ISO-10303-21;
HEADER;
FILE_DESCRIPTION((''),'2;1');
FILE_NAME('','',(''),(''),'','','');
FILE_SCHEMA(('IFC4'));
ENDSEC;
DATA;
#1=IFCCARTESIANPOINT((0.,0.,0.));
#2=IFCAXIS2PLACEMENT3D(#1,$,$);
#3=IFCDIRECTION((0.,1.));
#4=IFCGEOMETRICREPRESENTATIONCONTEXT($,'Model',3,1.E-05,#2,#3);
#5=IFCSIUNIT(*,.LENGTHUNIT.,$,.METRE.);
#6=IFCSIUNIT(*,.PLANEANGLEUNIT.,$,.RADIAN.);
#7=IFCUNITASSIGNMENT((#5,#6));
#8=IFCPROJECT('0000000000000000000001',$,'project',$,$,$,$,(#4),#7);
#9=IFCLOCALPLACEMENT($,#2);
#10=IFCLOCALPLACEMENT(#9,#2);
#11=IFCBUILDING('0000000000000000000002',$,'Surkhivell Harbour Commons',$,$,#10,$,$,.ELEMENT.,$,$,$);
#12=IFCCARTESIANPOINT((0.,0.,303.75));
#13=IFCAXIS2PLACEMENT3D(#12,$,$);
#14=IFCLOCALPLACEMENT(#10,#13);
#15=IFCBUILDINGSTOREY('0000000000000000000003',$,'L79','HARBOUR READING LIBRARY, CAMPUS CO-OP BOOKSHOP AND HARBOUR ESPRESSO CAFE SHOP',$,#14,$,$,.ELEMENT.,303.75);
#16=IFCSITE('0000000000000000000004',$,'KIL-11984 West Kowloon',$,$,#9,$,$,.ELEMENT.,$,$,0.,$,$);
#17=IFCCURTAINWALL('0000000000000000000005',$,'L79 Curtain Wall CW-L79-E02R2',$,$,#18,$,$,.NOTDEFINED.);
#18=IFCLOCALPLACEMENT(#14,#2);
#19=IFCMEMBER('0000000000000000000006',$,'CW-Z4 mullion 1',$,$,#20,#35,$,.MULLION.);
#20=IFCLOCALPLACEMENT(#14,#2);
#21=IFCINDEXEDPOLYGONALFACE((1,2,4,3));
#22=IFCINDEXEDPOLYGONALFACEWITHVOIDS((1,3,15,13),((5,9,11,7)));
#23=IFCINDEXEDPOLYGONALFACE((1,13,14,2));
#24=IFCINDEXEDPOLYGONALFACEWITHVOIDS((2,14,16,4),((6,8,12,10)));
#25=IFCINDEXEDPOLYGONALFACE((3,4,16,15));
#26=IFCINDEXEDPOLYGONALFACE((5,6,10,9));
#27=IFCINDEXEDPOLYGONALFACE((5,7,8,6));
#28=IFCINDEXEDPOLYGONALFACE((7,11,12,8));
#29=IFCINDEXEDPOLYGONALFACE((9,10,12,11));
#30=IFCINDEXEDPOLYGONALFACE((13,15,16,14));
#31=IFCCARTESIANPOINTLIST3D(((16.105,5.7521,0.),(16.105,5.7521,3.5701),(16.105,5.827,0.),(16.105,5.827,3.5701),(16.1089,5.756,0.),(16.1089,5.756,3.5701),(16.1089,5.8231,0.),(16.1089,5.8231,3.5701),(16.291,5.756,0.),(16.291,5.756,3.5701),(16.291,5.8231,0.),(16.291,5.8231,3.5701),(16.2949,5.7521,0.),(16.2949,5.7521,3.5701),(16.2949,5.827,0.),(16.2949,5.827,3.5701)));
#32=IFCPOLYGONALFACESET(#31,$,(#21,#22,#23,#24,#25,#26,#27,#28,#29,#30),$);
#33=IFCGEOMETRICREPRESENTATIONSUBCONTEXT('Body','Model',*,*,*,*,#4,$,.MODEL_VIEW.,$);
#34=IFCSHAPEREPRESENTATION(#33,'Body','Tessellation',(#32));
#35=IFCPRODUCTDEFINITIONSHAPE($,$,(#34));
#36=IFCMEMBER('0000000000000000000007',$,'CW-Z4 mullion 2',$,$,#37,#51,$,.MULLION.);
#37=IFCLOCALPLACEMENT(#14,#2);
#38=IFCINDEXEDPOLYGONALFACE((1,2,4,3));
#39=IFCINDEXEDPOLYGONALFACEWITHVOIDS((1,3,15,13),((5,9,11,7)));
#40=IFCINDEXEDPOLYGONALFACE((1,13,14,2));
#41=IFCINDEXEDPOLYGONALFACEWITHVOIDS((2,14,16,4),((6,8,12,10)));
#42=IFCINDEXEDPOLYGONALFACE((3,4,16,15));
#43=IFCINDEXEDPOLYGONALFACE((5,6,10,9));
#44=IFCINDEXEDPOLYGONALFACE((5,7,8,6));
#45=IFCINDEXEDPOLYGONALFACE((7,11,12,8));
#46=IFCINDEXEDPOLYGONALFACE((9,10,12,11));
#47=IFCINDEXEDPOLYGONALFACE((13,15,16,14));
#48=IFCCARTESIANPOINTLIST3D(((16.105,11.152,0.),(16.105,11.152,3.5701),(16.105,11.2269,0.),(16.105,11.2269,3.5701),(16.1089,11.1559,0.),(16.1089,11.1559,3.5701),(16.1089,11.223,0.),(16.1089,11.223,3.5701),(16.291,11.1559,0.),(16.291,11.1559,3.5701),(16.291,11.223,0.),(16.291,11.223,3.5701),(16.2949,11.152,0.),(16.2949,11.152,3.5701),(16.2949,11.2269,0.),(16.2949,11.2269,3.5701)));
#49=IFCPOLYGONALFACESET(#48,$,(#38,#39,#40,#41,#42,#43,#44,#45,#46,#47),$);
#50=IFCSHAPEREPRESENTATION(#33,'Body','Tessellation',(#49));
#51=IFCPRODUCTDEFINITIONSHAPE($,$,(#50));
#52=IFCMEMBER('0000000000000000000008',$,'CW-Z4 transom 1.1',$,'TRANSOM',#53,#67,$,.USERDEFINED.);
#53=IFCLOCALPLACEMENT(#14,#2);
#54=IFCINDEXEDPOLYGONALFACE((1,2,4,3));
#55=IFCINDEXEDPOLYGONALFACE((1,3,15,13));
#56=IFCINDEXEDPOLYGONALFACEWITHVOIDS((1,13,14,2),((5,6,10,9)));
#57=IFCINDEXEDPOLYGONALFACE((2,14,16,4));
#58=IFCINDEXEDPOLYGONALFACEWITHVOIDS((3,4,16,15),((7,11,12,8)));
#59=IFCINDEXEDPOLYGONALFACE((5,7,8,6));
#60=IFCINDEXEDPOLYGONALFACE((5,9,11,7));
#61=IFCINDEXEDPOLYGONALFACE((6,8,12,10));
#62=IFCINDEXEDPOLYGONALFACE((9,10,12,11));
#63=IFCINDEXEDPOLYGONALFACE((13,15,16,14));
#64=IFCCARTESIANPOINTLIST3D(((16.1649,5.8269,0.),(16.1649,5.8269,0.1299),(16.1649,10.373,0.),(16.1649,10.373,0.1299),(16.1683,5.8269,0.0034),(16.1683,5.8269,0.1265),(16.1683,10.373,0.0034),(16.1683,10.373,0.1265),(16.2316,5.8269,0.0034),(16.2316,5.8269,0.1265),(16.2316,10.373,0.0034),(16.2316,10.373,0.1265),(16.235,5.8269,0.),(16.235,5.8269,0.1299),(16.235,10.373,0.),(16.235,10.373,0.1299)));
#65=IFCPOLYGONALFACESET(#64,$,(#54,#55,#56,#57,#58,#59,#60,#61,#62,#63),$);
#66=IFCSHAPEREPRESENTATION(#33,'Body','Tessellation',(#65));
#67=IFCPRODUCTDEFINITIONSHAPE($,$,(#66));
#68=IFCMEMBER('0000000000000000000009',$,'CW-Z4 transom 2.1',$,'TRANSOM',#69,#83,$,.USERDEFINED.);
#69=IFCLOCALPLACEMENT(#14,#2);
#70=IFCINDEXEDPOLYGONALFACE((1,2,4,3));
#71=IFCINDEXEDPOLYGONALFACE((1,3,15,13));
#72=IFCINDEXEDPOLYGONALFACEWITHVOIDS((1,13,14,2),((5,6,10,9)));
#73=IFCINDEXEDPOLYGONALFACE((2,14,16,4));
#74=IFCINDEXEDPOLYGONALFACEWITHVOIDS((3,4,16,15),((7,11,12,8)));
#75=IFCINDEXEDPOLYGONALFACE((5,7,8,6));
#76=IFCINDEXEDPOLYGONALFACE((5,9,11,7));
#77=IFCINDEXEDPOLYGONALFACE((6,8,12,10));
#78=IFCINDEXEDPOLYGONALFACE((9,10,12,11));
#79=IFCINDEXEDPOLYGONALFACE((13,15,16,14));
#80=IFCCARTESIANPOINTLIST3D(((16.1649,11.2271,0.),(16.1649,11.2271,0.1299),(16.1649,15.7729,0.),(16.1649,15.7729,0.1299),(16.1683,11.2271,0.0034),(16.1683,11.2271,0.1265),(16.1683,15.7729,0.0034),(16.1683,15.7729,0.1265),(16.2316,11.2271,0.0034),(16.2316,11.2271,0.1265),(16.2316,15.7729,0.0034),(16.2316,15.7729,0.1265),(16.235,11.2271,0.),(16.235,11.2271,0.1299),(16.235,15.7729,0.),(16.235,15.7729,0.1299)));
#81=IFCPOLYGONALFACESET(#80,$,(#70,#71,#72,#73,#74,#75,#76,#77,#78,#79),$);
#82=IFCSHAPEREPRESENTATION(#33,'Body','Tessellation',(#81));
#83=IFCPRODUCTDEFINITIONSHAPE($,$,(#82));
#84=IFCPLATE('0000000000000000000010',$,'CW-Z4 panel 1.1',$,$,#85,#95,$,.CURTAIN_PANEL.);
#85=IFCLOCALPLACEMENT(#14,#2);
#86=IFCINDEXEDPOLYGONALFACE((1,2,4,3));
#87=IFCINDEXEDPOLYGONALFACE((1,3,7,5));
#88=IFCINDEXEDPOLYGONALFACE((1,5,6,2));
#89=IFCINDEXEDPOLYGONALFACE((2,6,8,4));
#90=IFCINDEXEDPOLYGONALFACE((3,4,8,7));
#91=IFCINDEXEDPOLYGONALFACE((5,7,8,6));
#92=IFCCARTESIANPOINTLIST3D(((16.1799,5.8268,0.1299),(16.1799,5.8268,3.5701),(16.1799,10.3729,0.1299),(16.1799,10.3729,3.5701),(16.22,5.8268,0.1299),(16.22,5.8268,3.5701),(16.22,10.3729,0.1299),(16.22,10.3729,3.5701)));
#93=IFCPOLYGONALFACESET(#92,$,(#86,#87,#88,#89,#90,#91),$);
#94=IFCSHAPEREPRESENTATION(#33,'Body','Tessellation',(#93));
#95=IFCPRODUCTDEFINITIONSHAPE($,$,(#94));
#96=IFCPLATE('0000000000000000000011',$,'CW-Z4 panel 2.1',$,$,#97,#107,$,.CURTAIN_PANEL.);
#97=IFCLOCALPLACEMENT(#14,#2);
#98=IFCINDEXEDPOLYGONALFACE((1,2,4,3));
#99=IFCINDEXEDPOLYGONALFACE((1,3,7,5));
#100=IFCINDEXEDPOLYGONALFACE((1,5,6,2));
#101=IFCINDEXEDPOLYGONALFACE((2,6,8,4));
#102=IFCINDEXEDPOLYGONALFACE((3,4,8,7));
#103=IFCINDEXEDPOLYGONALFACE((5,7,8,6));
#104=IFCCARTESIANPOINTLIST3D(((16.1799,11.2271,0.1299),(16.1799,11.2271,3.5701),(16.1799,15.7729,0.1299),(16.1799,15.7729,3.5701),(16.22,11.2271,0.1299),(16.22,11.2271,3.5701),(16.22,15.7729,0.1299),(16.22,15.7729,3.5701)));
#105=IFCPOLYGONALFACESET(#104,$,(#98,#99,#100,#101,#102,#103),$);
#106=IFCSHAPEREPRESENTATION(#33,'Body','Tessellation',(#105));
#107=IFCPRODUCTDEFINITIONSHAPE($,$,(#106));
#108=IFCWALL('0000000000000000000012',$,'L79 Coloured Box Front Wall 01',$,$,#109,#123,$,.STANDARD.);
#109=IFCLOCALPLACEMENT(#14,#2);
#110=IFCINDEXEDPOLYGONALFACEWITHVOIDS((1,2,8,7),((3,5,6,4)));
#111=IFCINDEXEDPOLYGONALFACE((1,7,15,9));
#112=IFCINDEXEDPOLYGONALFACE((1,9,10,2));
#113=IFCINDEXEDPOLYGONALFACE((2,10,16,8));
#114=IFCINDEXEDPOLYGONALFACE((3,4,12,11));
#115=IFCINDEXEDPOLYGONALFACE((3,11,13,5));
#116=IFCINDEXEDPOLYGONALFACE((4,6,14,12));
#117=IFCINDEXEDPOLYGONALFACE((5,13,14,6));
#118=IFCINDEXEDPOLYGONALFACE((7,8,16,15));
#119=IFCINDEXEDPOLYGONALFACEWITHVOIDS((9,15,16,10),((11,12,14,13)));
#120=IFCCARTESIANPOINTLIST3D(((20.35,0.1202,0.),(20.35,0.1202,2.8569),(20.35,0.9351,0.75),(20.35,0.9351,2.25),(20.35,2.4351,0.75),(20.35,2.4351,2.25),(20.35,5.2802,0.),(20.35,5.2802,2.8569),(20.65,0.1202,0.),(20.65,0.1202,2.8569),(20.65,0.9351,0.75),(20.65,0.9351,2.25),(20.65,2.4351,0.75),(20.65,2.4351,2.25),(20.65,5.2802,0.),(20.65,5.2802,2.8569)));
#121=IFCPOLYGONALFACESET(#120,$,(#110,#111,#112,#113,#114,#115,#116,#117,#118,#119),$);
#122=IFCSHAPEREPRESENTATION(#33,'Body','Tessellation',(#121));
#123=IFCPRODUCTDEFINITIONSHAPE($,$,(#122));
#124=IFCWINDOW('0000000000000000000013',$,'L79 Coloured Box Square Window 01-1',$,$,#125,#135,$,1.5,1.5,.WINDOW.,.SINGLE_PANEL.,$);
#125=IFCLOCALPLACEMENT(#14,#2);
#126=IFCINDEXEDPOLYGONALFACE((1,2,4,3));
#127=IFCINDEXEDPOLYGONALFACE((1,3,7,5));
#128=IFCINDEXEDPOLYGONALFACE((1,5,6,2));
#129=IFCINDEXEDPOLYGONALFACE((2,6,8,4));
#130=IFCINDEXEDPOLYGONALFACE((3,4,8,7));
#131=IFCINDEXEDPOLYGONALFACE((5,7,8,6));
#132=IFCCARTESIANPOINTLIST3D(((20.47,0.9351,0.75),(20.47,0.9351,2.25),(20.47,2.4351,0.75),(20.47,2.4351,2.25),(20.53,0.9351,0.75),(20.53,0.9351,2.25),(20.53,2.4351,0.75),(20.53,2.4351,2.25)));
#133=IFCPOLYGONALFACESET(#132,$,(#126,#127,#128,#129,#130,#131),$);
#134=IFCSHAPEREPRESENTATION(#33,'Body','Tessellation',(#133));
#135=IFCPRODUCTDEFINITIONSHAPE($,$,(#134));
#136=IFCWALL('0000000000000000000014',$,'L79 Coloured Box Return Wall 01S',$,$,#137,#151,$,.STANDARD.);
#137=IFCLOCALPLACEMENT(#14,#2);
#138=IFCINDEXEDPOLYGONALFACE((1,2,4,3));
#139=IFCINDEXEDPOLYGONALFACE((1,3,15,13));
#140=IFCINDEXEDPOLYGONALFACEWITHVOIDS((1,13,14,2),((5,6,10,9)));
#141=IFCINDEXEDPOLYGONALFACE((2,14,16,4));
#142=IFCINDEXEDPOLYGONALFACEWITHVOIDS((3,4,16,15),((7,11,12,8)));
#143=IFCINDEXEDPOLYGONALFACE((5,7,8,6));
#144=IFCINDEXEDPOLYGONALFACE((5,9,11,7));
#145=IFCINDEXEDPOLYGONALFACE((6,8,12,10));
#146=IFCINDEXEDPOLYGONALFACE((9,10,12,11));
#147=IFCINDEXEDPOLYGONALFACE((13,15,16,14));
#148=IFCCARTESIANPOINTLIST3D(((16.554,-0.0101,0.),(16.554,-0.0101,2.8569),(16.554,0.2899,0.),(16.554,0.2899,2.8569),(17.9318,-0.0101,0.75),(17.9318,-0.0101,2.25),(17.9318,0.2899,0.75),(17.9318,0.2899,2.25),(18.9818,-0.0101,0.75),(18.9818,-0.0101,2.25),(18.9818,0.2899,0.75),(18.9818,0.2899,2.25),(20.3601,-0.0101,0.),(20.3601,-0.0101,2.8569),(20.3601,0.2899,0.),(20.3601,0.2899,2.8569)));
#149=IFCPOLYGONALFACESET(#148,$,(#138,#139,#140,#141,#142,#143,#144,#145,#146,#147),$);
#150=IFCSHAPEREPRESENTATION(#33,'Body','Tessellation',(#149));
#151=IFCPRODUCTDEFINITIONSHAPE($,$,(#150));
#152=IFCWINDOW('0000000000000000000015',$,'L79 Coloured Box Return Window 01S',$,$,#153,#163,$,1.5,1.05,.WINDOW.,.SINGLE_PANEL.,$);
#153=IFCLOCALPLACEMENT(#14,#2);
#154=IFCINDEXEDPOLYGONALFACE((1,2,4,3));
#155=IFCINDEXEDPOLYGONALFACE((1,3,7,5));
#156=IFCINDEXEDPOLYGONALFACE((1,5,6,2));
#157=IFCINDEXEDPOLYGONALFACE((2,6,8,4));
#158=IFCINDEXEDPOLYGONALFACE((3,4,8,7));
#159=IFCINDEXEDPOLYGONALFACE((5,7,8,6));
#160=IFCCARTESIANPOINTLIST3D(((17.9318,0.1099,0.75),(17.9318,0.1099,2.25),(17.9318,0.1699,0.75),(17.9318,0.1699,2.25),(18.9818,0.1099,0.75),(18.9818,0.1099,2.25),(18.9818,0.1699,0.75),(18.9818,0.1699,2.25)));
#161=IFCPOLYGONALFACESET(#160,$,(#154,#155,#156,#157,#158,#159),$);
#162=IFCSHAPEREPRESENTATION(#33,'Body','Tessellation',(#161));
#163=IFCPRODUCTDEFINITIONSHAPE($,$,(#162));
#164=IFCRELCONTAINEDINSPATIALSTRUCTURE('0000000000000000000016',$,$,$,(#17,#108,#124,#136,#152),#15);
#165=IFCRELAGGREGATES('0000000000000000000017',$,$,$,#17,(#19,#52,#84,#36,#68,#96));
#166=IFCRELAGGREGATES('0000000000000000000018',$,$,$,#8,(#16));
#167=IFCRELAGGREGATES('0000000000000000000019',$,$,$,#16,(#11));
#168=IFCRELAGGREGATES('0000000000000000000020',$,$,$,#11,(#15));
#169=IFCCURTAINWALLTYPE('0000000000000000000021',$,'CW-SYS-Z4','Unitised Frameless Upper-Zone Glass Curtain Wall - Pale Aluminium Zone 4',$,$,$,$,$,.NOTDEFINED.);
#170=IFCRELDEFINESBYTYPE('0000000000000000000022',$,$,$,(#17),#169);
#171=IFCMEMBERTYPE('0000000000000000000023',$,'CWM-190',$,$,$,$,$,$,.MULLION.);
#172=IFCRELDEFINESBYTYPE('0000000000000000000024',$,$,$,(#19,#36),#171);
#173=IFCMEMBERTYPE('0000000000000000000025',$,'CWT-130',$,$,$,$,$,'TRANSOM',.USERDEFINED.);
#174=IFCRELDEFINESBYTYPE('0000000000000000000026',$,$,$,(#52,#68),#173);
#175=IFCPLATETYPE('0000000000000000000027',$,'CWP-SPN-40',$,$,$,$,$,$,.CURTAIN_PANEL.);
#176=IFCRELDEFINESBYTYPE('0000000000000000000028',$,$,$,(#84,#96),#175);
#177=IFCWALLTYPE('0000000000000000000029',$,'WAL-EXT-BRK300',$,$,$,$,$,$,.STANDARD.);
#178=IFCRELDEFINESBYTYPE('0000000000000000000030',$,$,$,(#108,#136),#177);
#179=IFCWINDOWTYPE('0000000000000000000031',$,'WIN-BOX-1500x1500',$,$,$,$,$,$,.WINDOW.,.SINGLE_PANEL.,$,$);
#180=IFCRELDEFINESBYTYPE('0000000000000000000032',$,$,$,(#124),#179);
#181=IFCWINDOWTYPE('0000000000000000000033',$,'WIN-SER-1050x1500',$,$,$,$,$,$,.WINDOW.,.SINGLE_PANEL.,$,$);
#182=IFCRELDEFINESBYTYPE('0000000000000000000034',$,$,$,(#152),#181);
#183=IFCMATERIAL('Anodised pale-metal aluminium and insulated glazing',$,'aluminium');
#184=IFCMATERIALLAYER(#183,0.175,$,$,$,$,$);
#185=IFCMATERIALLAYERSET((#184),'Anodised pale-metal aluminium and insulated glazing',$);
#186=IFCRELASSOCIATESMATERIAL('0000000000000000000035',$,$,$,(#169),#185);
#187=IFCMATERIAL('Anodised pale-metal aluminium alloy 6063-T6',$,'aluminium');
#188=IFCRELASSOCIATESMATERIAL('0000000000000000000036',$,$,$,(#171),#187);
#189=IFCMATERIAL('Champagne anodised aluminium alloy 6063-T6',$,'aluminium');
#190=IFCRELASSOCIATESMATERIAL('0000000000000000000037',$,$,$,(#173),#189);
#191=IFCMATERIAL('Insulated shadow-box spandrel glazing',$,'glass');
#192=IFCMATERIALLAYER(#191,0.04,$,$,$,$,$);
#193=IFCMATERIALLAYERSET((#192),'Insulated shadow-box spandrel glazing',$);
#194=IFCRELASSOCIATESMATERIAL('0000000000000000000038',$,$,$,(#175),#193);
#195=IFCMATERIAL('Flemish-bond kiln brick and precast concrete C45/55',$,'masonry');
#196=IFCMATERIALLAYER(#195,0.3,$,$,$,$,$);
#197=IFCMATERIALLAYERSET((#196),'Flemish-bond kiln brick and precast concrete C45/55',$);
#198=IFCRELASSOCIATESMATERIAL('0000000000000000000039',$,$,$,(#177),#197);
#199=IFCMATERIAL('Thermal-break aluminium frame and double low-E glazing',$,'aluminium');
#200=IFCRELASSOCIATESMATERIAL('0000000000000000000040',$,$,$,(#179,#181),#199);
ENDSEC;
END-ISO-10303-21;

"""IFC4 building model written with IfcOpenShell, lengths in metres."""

from ifc_helpers import new_model, si_unit, direction, frame, frame_2d, origin, origin_2d, place, context, subcontext, project, spatial, rectangle, hollow_rectangle, extrude, material, layer, layer_set, material_profile, profile_set, type_object, element, fill, aggregate, save


model = new_model("IFC4")

# Units and contexts
model_context = context("Model", 3, precision=1e-05, world=origin(), true_north=direction((0.0, 1.0)))
body_context = subcontext(model_context, "Body", "Model", "MODEL_VIEW")
ifc_project = project(units=[si_unit("LENGTHUNIT", "METRE"), si_unit("PLANEANGLEUNIT", "RADIAN")], contexts=[model_context])

# Site, building, storey
site_placement = place(None, origin())
site = spatial("IfcSite", under=ifc_project, at=site_placement, Name="KIL-11984 West Kowloon", CompositionType="ELEMENT", RefElevation=0.0)
building_placement = place(site_placement, origin())
building = spatial("IfcBuilding", under=site, at=building_placement, Name="Surkhivell Harbour Commons", CompositionType="ELEMENT")
storey_placement = place(building_placement, frame((0.0, 0.0, 303.75)))
storey = spatial("IfcBuildingStorey", under=building, at=storey_placement, Name="L79", Description="HARBOUR READING LIBRARY, CAMPUS CO-OP BOOKSHOP AND HARBOUR ESPRESSO CAFE SHOP", CompositionType="ELEMENT", Elevation=303.75)

# Curtain wall, members, plates
ifc_material_1 = material(Name="Anodised pale-metal aluminium and insulated glazing", Category="aluminium")
ifc_layer_1 = layer(ifc_material_1, 0.175)
ifc_layer_set_1 = layer_set([ifc_layer_1], Name="Anodised pale-metal aluminium and insulated glazing")
curtain_wall_type = type_object("IfcCurtainWallType", Name="CW-SYS-Z4", Description="Unitised Frameless Upper-Zone Glass Curtain Wall - Pale Aluminium Zone 4", PredefinedType="NOTDEFINED", material=ifc_layer_set_1)
curtain_wall_placement = place(storey_placement, origin())
curtain_wall = element("IfcCurtainWall", 1, at=curtain_wall_placement, inside=storey, type_object=curtain_wall_type, Name="L79 Curtain Wall CW-L79-E02R2", PredefinedType="NOTDEFINED")
ifc_material_2 = material(Name="Anodised pale-metal aluminium alloy 6063-T6", Category="aluminium")
ifc_material_profile_1 = material_profile(ifc_material_2, hollow_rectangle(XDim=0.075, YDim=0.1899, WallThickness=0.0039, at=origin_2d()), Name="ALU-MULL-75x190")
ifc_profile_set_1 = profile_set([ifc_material_profile_1], Name="Anodised pale-metal aluminium alloy 6063-T6")
member_type_1 = type_object("IfcMemberType", Name="CWM-190", PredefinedType="MULLION", material=ifc_profile_set_1)
member_1_placement = place(storey_placement, frame((16.2, 5.7896, 0.0), z_axis=(0.0, 0.0, 1.0), x_axis=(0.0, 1.0, 0.0)))
member_1 = element("IfcMember", 2, at=member_1_placement, type_object=member_type_1, Name="CW-Z4 mullion 1", PredefinedType="MULLION", context=body_context, shape_type="SweptSolid", body=[
    extrude(hollow_rectangle(XDim=0.075, YDim=0.1899, WallThickness=0.0039, at=origin_2d()), origin(), (0.0, 0.0, 1.0), 3.5701),
])
member_2_placement = place(storey_placement, frame((16.2, 11.1895, 0.0), z_axis=(0.0, 0.0, 1.0), x_axis=(0.0, 1.0, 0.0)))
member_2 = element("IfcMember", 3, at=member_2_placement, type_object=member_type_1, Name="CW-Z4 mullion 2", PredefinedType="MULLION", context=body_context, shape_type="SweptSolid", body=[
    extrude(hollow_rectangle(XDim=0.075, YDim=0.1899, WallThickness=0.0039, at=origin_2d()), origin(), (0.0, 0.0, 1.0), 3.5701),
])
ifc_material_3 = material(Name="Champagne anodised aluminium alloy 6063-T6", Category="aluminium")
ifc_material_profile_2 = material_profile(ifc_material_3, hollow_rectangle(XDim=0.0701, YDim=0.1299, WallThickness=0.0034, at=origin_2d()), Name="ALU-TRAN-70x130")
ifc_profile_set_2 = profile_set([ifc_material_profile_2], Name="Champagne anodised aluminium alloy 6063-T6")
member_type_2 = type_object("IfcMemberType", Name="CWT-130", ElementType="TRANSOM", PredefinedType="USERDEFINED", material=ifc_profile_set_2)
member_3_placement = place(storey_placement, frame((16.2, 5.8269, 0.0649), z_axis=(0.0, 1.0, 0.0), x_axis=(-1.0, 0.0, 0.0)))
member_3 = element("IfcMember", 4, at=member_3_placement, type_object=member_type_2, Name="CW-Z4 transom 1.1", ObjectType="TRANSOM", PredefinedType="USERDEFINED", context=body_context, shape_type="SweptSolid", body=[
    extrude(hollow_rectangle(XDim=0.0701, YDim=0.1299, WallThickness=0.0034, at=origin_2d()), origin(), (0.0, 0.0, 1.0), 4.5461),
])
member_4_placement = place(storey_placement, frame((16.2, 11.2271, 0.0649), z_axis=(0.0, 1.0, 0.0), x_axis=(-1.0, 0.0, 0.0)))
member_4 = element("IfcMember", 5, at=member_4_placement, type_object=member_type_2, Name="CW-Z4 transom 2.1", ObjectType="TRANSOM", PredefinedType="USERDEFINED", context=body_context, shape_type="SweptSolid", body=[
    extrude(hollow_rectangle(XDim=0.0701, YDim=0.1299, WallThickness=0.0034, at=origin_2d()), origin(), (0.0, 0.0, 1.0), 4.5459),
])
ifc_material_4 = material(Name="Insulated shadow-box spandrel glazing", Category="glass")
ifc_layer_2 = layer(ifc_material_4, 0.04)
ifc_layer_set_2 = layer_set([ifc_layer_2], Name="Insulated shadow-box spandrel glazing")
plate_type = type_object("IfcPlateType", Name="CWP-SPN-40", PredefinedType="CURTAIN_PANEL", material=ifc_layer_set_2)
plate_1_placement = place(storey_placement, frame((16.2, 5.8269, 0.1299), z_axis=(0.0, 0.0, 1.0), x_axis=(0.0, 1.0, 0.0)))
plate_1 = element("IfcPlate", 6, at=plate_1_placement, type_object=plate_type, Name="CW-Z4 panel 1.1", PredefinedType="CURTAIN_PANEL", context=body_context, shape_type="SweptSolid", body=[
    extrude(rectangle(XDim=4.5461, YDim=0.04, at=frame_2d((2.2729, 0.0))), origin(), (0.0, 0.0, 1.0), 3.4402),
])
plate_2_placement = place(storey_placement, frame((16.2, 11.2271, 0.1299), z_axis=(0.0, 0.0, 1.0), x_axis=(0.0, 1.0, 0.0)))
plate_2 = element("IfcPlate", 7, at=plate_2_placement, type_object=plate_type, Name="CW-Z4 panel 2.1", PredefinedType="CURTAIN_PANEL", context=body_context, shape_type="SweptSolid", body=[
    extrude(rectangle(XDim=4.5459, YDim=0.04, at=frame_2d((2.2729, 0.0))), origin(), (0.0, 0.0, 1.0), 3.4402),
])
aggregate(curtain_wall, [member_1, member_3, plate_1, member_2, member_4, plate_2])

# Walls, openings, windows
ifc_material_5 = material(Name="Flemish-bond kiln brick and precast concrete C45/55", Category="masonry")
ifc_layer_3 = layer(ifc_material_5, 0.3)
ifc_layer_set_3 = layer_set([ifc_layer_3], Name="Flemish-bond kiln brick and precast concrete C45/55")
wall_type_1 = type_object("IfcWallType", Name="WAL-EXT-BRK300", PredefinedType="STANDARD", material=ifc_layer_set_3)
wall_1_placement = place(storey_placement, frame((20.5, 0.1201, 0.0), z_axis=(0.0, 0.0, 1.0), x_axis=(0.0, 1.0, 0.0)))
wall_1 = element("IfcWall", 8, at=wall_1_placement, inside=storey, type_object=wall_type_1, Name="L79 Coloured Box Front Wall 01", PredefinedType="STANDARD", context=body_context, shape_type="SweptSolid", body=[
    extrude(rectangle(XDim=5.1599, YDim=0.3, at=frame_2d((2.5801, 0.0))), origin(), (0.0, 0.0, 1.0), 2.8569),
])
opening_1_placement = place(wall_1_placement, frame((0.8149, 0.0, 0.75)))
opening_1 = element("IfcOpeningElement", 9, at=opening_1_placement, cuts=wall_1, PredefinedType="OPENING", context=body_context, shape_type="SweptSolid", body=[
    extrude(rectangle(XDim=1.5, YDim=1.5, at=frame_2d((0.75, 0.75))), frame((0.0, 0.1599, 0.0), z_axis=(0.0, -1.0, 0.0), x_axis=(1.0, 0.0, 0.0)), (0.0, 0.0, 1.0), 0.3201),
])
ifc_material_6 = material(Name="Thermal-break aluminium frame and double low-E glazing", Category="aluminium")
window_type_1 = type_object("IfcWindowType", Name="WIN-BOX-1500x1500", PartitioningType="SINGLE_PANEL", PredefinedType="WINDOW", material=ifc_material_6)
window_1_placement = place(opening_1_placement, origin())
window_1 = element("IfcWindow", 10, at=window_1_placement, inside=storey, type_object=window_type_1, Name="L79 Coloured Box Square Window 01-1", OverallHeight=1.5, OverallWidth=1.5, PartitioningType="SINGLE_PANEL", PredefinedType="WINDOW", context=body_context, shape_type="SweptSolid", body=[
    extrude(rectangle(XDim=1.5, YDim=1.5, at=frame_2d((0.75, 0.75))), frame((0.0, 0.03, 0.0), z_axis=(0.0, -1.0, 0.0), x_axis=(1.0, 0.0, 0.0)), (0.0, 0.0, 1.0), 0.0601),
])
fill(opening_1, window_1)
wall_2_placement = place(storey_placement, frame((16.554, 0.1399, 0.0), z_axis=(0.0, 0.0, 1.0), x_axis=(1.0, 0.0, 0.0)))
wall_2 = element("IfcWall", 11, at=wall_2_placement, inside=storey, type_object=wall_type_1, Name="L79 Coloured Box Return Wall 01S", PredefinedType="STANDARD", context=body_context, shape_type="SweptSolid", body=[
    extrude(rectangle(XDim=3.8062, YDim=0.3, at=frame_2d((1.9031, 0.0))), origin(), (0.0, 0.0, 1.0), 2.8569),
])
opening_2_placement = place(wall_2_placement, frame((1.3779, 0.0, 0.75)))
opening_2 = element("IfcOpeningElement", 12, at=opening_2_placement, cuts=wall_2, PredefinedType="OPENING", context=body_context, shape_type="SweptSolid", body=[
    extrude(rectangle(XDim=1.05, YDim=1.5, at=frame_2d((0.5249, 0.75))), frame((0.0, 0.1599, 0.0), z_axis=(0.0, -1.0, 0.0), x_axis=(1.0, 0.0, 0.0)), (0.0, 0.0, 1.0), 0.3201),
])
window_type_2 = type_object("IfcWindowType", Name="WIN-SER-1050x1500", PartitioningType="SINGLE_PANEL", PredefinedType="WINDOW", material=ifc_material_6)
window_2_placement = place(opening_2_placement, origin())
window_2 = element("IfcWindow", 13, at=window_2_placement, inside=storey, type_object=window_type_2, Name="L79 Coloured Box Return Window 01S", OverallHeight=1.5, OverallWidth=1.05, PartitioningType="SINGLE_PANEL", PredefinedType="WINDOW", context=body_context, shape_type="SweptSolid", body=[
    extrude(rectangle(XDim=1.05, YDim=1.5, at=frame_2d((0.5249, 0.75))), frame((0.0, 0.03, 0.0), z_axis=(0.0, -1.0, 0.0), x_axis=(1.0, 0.0, 0.0)), (0.0, 0.0, 1.0), 0.0601),
])
fill(opening_2, window_2)

save(model, "model.ifc")
